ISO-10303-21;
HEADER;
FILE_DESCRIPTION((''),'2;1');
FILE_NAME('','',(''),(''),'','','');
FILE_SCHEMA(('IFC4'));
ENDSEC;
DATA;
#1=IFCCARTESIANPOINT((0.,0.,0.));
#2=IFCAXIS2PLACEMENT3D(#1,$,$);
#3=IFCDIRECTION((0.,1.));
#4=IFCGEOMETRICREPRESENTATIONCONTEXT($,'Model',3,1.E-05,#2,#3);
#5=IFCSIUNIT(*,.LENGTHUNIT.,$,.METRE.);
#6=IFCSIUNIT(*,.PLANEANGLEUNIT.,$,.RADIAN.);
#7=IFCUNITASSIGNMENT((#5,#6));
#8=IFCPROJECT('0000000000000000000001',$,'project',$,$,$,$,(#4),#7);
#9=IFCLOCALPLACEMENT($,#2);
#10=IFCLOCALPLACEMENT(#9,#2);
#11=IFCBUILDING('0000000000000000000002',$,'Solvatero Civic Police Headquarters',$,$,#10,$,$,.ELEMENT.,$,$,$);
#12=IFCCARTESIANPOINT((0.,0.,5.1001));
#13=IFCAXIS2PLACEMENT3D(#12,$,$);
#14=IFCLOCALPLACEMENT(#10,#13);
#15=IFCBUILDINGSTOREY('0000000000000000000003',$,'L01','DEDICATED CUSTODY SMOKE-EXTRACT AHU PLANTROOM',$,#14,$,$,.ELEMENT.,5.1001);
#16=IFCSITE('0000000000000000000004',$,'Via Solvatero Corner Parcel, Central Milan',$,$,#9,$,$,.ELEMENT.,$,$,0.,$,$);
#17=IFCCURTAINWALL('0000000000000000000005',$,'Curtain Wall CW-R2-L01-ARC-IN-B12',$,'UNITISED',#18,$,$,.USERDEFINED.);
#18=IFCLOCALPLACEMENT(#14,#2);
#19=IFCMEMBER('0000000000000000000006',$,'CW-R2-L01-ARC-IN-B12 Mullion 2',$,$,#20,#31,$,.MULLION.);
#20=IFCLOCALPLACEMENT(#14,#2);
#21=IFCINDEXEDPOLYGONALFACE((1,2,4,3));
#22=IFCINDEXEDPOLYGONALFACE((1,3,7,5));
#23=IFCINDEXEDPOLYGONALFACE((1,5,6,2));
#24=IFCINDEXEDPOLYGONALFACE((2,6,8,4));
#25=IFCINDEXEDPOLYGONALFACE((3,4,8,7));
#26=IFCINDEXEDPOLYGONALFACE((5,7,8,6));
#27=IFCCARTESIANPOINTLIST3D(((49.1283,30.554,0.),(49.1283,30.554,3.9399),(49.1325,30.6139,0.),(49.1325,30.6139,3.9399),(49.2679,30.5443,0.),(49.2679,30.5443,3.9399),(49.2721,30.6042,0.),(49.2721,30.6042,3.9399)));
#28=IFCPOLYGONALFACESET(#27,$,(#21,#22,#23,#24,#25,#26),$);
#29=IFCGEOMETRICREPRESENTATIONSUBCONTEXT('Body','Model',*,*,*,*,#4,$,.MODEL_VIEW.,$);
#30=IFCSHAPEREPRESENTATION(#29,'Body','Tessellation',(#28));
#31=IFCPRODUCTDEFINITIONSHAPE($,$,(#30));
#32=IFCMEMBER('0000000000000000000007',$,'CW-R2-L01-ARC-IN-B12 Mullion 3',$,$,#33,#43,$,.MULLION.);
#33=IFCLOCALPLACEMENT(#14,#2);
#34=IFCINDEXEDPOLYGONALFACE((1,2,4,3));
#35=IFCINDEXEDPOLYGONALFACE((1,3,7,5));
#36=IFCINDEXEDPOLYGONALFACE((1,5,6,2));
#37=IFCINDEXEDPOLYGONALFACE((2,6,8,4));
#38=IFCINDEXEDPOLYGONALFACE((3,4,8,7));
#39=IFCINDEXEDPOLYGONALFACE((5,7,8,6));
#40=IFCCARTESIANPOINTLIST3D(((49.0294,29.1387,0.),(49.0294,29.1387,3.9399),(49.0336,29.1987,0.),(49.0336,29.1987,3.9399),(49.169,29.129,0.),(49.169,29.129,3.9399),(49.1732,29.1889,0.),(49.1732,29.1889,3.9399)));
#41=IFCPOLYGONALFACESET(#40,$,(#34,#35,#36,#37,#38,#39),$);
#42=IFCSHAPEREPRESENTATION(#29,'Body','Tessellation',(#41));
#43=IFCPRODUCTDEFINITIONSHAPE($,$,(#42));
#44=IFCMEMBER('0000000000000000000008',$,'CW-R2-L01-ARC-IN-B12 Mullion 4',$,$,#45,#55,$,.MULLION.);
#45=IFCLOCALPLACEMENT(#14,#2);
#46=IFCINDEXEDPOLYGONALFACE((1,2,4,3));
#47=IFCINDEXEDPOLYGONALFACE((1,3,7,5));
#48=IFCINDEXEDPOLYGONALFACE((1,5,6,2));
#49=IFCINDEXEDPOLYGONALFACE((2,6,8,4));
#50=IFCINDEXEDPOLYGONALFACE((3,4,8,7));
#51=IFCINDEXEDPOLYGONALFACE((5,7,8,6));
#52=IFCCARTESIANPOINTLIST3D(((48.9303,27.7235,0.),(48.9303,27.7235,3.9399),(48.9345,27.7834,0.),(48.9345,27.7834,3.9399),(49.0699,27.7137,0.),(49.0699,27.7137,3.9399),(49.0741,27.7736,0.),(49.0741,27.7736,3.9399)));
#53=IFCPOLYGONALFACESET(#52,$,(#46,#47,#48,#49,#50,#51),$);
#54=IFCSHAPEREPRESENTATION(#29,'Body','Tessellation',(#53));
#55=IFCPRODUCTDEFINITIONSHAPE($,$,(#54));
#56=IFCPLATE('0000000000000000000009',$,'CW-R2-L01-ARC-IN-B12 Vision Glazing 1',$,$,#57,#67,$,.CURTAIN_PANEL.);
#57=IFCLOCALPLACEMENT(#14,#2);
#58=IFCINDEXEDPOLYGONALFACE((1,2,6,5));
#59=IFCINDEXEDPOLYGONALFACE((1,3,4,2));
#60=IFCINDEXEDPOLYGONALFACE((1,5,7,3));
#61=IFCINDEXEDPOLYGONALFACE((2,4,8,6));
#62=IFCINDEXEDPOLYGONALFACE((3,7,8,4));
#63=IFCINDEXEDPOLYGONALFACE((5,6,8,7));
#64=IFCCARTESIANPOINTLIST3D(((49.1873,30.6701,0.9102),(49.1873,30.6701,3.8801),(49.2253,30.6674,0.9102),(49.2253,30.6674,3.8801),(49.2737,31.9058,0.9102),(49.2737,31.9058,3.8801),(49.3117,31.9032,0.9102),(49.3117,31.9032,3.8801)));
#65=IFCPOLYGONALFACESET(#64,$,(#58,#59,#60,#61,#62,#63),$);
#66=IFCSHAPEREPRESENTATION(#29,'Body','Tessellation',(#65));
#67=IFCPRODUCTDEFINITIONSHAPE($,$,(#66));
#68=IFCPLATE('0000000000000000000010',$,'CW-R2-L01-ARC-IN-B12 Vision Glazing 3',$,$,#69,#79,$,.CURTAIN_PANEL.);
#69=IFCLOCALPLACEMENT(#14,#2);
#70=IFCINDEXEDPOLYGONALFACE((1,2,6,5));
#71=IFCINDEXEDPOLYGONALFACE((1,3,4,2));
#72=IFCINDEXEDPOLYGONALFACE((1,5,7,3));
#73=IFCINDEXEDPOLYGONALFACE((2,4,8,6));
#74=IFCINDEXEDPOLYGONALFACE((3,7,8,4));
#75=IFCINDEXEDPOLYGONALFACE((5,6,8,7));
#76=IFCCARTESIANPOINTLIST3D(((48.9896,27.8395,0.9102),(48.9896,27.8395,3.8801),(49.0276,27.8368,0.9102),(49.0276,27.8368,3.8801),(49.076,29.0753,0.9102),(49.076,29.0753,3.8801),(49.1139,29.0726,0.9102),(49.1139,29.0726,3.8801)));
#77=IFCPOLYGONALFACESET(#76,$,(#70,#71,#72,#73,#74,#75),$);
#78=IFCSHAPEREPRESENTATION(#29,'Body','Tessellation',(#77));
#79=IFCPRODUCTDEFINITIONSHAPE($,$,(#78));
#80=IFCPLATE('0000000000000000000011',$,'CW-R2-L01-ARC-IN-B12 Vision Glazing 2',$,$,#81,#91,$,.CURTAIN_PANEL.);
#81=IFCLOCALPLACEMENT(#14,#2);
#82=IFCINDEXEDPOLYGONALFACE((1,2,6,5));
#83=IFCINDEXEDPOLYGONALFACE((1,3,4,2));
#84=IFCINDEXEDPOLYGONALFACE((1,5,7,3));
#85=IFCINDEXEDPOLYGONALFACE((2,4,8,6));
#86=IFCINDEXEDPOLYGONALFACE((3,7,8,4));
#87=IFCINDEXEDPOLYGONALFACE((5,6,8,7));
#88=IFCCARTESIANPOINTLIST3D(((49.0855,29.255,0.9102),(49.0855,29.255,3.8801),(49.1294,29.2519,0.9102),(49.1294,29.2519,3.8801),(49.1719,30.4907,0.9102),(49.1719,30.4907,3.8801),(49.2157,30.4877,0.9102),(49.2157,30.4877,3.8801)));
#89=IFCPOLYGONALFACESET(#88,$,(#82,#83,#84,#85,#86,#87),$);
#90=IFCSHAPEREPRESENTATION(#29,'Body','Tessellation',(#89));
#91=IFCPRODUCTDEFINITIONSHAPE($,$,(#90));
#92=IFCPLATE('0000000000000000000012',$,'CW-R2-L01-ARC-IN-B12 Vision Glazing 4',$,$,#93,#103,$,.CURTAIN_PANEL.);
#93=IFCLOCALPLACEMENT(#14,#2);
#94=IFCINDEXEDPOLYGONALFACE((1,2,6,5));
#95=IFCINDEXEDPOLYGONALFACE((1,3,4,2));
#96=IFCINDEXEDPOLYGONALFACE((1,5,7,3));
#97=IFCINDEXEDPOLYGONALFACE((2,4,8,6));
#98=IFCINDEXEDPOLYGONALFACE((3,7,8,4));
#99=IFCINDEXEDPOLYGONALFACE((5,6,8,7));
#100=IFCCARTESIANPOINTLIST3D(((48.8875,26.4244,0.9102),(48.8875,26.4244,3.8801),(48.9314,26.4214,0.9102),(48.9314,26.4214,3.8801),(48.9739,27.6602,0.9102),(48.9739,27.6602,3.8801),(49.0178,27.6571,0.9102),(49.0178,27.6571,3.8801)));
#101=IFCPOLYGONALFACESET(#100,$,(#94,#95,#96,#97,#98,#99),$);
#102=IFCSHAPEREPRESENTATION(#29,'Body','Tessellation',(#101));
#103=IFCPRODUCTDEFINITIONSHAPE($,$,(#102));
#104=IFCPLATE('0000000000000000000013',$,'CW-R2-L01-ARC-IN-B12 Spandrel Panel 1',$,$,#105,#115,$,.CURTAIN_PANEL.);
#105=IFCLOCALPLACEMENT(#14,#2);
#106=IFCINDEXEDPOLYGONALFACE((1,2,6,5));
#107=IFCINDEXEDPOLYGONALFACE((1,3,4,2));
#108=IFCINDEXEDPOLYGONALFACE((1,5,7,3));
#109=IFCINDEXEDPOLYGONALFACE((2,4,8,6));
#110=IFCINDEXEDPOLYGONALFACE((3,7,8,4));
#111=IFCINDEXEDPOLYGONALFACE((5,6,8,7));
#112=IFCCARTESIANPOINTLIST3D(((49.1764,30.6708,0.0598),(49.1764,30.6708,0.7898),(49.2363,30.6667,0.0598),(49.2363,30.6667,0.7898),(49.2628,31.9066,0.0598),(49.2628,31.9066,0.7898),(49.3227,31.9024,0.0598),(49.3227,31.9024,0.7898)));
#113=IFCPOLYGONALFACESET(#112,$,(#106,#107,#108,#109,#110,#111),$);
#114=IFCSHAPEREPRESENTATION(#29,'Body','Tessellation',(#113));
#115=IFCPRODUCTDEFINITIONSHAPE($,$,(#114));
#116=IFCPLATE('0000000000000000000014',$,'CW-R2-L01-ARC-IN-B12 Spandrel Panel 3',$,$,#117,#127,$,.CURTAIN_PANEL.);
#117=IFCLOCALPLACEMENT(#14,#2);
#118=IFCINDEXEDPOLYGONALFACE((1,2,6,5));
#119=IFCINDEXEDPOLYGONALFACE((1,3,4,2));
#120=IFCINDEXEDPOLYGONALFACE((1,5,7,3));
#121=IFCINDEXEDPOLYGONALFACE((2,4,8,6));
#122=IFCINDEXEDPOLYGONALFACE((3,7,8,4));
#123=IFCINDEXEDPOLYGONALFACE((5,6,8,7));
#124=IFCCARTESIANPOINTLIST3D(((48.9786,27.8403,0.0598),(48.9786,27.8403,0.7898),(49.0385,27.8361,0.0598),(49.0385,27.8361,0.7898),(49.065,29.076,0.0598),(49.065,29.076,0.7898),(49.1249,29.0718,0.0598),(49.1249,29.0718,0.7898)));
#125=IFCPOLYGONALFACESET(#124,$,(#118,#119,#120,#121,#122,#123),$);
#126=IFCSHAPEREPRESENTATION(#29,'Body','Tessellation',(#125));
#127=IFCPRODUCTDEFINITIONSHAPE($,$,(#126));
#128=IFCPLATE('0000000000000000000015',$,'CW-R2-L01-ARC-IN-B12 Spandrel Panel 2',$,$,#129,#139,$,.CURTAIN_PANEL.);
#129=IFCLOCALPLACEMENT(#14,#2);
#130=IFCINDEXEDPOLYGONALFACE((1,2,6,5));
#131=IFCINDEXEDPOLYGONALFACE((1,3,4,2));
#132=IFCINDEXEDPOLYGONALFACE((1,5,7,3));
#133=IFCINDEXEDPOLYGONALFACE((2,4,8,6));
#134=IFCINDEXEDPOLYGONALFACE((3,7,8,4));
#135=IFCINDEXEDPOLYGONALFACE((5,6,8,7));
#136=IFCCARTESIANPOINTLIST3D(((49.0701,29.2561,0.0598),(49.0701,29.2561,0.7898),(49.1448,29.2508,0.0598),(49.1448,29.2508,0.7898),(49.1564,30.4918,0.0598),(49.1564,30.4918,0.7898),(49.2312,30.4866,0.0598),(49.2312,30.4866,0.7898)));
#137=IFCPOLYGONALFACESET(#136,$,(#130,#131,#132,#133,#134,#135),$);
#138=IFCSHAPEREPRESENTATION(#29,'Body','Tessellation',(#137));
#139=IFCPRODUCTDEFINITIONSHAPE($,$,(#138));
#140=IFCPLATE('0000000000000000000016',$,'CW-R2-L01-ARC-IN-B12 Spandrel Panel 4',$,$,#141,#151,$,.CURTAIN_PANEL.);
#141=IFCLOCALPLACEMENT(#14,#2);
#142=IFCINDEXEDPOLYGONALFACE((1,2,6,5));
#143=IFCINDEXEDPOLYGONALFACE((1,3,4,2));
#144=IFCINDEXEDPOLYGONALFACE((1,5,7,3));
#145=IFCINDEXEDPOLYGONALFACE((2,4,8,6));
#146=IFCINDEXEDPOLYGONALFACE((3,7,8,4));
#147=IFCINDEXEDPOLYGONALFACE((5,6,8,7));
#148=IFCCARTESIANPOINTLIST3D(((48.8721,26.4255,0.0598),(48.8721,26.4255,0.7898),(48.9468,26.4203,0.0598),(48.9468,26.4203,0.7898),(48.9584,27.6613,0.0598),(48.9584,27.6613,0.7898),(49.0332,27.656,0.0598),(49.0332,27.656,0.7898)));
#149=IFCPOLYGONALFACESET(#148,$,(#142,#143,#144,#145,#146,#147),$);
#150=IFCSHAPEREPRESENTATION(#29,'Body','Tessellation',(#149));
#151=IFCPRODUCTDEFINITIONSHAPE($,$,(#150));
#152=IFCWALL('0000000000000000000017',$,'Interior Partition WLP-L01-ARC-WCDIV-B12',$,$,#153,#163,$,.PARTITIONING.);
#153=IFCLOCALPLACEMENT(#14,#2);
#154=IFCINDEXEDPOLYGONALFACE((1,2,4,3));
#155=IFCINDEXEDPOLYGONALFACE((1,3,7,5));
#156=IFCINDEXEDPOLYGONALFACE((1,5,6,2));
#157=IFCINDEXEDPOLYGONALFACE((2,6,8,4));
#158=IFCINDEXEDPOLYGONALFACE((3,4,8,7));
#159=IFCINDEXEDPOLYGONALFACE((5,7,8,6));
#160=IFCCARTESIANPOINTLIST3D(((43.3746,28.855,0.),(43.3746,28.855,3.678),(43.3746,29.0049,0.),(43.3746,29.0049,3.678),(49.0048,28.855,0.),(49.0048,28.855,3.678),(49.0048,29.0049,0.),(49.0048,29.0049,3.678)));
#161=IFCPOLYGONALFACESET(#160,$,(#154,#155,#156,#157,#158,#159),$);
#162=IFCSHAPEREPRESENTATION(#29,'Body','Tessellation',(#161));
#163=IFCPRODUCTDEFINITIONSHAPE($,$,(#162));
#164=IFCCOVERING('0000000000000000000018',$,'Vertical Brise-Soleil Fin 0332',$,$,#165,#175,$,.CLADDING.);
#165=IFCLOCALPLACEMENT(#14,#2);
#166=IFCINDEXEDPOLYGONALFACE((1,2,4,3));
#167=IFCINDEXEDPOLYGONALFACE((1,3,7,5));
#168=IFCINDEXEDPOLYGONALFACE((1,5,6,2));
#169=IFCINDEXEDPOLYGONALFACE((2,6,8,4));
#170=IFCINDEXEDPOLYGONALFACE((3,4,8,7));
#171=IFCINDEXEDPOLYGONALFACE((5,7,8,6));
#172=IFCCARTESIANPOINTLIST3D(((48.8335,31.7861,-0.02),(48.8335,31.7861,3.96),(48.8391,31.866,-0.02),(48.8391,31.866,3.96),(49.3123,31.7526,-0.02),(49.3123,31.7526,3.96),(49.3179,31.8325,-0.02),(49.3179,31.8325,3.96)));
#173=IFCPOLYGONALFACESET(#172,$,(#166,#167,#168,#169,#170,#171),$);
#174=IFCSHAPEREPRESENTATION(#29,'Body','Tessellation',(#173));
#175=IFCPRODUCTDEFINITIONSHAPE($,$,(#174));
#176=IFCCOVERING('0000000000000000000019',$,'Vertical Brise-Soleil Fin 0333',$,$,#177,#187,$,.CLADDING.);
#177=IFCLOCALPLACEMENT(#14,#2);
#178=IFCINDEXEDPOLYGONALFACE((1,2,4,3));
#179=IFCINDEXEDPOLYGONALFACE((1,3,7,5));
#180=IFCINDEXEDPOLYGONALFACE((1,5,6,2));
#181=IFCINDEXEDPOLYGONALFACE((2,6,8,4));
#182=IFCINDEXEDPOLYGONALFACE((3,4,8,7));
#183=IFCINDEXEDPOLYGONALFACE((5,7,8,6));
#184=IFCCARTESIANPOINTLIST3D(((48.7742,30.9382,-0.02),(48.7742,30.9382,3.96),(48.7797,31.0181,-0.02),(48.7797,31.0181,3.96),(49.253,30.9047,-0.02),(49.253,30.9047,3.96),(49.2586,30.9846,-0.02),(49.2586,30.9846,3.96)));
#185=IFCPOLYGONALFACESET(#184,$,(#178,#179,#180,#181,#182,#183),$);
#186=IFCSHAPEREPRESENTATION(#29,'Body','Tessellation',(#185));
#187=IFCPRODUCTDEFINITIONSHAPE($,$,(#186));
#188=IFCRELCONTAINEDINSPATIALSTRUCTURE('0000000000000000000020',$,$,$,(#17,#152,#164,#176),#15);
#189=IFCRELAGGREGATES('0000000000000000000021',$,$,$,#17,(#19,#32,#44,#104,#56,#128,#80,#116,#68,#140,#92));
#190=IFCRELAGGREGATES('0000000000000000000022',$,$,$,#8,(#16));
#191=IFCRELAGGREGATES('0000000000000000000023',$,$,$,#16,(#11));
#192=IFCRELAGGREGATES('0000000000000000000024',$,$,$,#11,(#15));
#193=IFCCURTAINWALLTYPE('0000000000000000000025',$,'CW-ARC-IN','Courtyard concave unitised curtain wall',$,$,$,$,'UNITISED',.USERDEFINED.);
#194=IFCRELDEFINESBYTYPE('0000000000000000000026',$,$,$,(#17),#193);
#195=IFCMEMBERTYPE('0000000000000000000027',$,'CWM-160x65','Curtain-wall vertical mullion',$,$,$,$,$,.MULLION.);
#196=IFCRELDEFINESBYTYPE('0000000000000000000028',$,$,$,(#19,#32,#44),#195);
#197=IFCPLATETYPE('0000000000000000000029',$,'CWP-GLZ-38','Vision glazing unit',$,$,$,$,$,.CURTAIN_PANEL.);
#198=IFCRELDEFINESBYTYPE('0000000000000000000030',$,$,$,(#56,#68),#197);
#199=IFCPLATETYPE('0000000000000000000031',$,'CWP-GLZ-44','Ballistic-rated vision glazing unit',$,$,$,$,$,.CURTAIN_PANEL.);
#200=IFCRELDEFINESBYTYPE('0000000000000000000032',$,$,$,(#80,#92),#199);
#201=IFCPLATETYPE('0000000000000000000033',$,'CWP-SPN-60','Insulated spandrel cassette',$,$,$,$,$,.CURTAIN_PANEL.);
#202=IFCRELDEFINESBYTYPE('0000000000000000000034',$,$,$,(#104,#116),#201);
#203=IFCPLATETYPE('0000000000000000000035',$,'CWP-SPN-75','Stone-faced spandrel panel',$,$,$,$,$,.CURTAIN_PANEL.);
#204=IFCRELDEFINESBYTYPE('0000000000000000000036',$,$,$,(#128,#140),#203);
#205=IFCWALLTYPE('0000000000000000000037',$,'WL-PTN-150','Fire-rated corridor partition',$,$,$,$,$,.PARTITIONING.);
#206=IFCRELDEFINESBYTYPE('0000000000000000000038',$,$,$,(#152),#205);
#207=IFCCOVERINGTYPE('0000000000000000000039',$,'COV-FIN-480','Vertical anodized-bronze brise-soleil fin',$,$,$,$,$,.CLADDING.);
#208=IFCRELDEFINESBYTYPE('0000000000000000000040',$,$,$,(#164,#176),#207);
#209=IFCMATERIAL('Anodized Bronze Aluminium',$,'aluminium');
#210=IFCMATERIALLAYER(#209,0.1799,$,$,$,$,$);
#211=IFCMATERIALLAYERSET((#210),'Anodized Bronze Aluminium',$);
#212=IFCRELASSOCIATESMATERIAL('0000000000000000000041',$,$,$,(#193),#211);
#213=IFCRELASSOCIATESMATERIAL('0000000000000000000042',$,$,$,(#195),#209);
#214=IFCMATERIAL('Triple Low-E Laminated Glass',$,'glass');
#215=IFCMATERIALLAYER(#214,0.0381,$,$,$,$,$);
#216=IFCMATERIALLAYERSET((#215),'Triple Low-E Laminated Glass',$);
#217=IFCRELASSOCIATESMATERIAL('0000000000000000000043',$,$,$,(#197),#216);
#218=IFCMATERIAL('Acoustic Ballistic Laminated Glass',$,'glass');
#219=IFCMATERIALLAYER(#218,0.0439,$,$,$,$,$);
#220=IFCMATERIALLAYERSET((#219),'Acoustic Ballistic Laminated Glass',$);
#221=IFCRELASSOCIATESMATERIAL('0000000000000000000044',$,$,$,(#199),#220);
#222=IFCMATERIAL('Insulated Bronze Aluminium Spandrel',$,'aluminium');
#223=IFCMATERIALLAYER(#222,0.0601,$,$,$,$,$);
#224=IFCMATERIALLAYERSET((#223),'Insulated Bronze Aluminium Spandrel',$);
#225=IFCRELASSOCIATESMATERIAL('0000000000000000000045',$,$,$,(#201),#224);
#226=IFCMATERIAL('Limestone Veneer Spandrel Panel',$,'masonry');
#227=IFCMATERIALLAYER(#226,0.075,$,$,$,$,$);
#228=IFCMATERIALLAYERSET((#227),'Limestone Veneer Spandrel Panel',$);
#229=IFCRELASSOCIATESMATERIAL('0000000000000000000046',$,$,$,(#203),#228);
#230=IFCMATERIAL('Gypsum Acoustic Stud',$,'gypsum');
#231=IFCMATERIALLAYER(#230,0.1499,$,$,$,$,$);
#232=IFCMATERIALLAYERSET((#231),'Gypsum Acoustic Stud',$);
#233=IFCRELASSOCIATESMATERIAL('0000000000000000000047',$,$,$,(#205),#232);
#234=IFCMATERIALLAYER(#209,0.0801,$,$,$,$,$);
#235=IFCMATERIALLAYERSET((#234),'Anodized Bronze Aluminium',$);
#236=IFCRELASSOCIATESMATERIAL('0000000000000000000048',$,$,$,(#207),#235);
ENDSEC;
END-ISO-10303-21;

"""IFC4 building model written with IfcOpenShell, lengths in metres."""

from ifc_helpers import new_model, si_unit, direction, frame, frame_2d, origin, origin_2d, place, context, subcontext, project, spatial, rectangle, extrude, material, layer, layer_set, material_profile, profile_set, type_object, element, aggregate, save


model = new_model("IFC4")

# Units and contexts
model_context = context("Model", 3, precision=1e-05, world=origin(), true_north=direction((0.0, 1.0)))
body_context = subcontext(model_context, "Body", "Model", "MODEL_VIEW")
ifc_project = project(units=[si_unit("LENGTHUNIT", "METRE"), si_unit("PLANEANGLEUNIT", "RADIAN")], contexts=[model_context])

# Site, building, storey
site_placement = place(None, origin())
site = spatial("IfcSite", under=ifc_project, at=site_placement, Name="Via Solvatero Corner Parcel, Central Milan", CompositionType="ELEMENT", RefElevation=0.0)
building_placement = place(site_placement, origin())
building = spatial("IfcBuilding", under=site, at=building_placement, Name="Solvatero Civic Police Headquarters", CompositionType="ELEMENT")
storey_placement = place(building_placement, frame((0.0, 0.0, 5.1001)))
storey = spatial("IfcBuildingStorey", under=building, at=storey_placement, Name="L01", Description="DEDICATED CUSTODY SMOKE-EXTRACT AHU PLANTROOM", CompositionType="ELEMENT", Elevation=5.1001)

# Curtain wall, members, plates
ifc_material_1 = material(Name="Anodized Bronze Aluminium", Category="aluminium")
ifc_layer_1 = layer(ifc_material_1, 0.1799)
ifc_layer_set_1 = layer_set([ifc_layer_1], Name="Anodized Bronze Aluminium")
curtain_wall_type = type_object("IfcCurtainWallType", Name="CW-ARC-IN", Description="Courtyard concave unitised curtain wall", ElementType="UNITISED", PredefinedType="USERDEFINED", material=ifc_layer_set_1)
curtain_wall_placement = place(storey_placement, origin())
curtain_wall = element("IfcCurtainWall", 1, at=curtain_wall_placement, inside=storey, type_object=curtain_wall_type, Name="Curtain Wall CW-R2-L01-ARC-IN-B12", ObjectType="UNITISED", PredefinedType="USERDEFINED")
ifc_material_profile = material_profile(ifc_material_1, rectangle(XDim=0.0601, YDim=0.1399, at=origin_2d()), Name="ALU MULLION 60x140")
ifc_profile_set = profile_set([ifc_material_profile], Name="Anodized Bronze Aluminium")
member_type = type_object("IfcMemberType", Name="CWM-160x65", Description="Curtain-wall vertical mullion", PredefinedType="MULLION", material=ifc_profile_set)
member_1_placement = place(storey_placement, frame((49.2002, 30.5791, 0.0), z_axis=(0.0, 0.0, 1.0), x_axis=(-0.069739, -0.997565, 0.0)))
member_1 = element("IfcMember", 2, at=member_1_placement, type_object=member_type, Name="CW-R2-L01-ARC-IN-B12 Mullion 2", PredefinedType="MULLION", context=body_context, shape_type="SweptSolid", body=[
    extrude(rectangle(XDim=0.0601, YDim=0.1399, at=origin_2d()), origin(), (0.0, 0.0, 1.0), 3.9399),
])
member_2_placement = place(storey_placement, frame((49.1013, 29.1638, 0.0), z_axis=(0.0, 0.0, 1.0), x_axis=(-0.069739, -0.997565, 0.0)))
member_2 = element("IfcMember", 3, at=member_2_placement, type_object=member_type, Name="CW-R2-L01-ARC-IN-B12 Mullion 3", PredefinedType="MULLION", context=body_context, shape_type="SweptSolid", body=[
    extrude(rectangle(XDim=0.0601, YDim=0.1399, at=origin_2d()), origin(), (0.0, 0.0, 1.0), 3.9399),
])
member_3_placement = place(storey_placement, frame((49.0022, 27.7485, 0.0), z_axis=(0.0, 0.0, 1.0), x_axis=(-0.069739, -0.997565, 0.0)))
member_3 = element("IfcMember", 4, at=member_3_placement, type_object=member_type, Name="CW-R2-L01-ARC-IN-B12 Mullion 4", PredefinedType="MULLION", context=body_context, shape_type="SweptSolid", body=[
    extrude(rectangle(XDim=0.0601, YDim=0.1399, at=origin_2d()), origin(), (0.0, 0.0, 1.0), 3.9399),
])
ifc_material_2 = material(Name="Triple Low-E Laminated Glass", Category="glass")
ifc_layer_2 = layer(ifc_material_2, 0.0381)
ifc_layer_set_2 = layer_set([ifc_layer_2], Name="Triple Low-E Laminated Glass")
plate_type_1 = type_object("IfcPlateType", Name="CWP-GLZ-38", Description="Vision glazing unit", PredefinedType="CURTAIN_PANEL", material=ifc_layer_set_2)
plate_1_placement = place(storey_placement, frame((49.2495, 31.2866, 0.9102), z_axis=(0.0, 0.0, 1.0), x_axis=(-0.069739, -0.997565, 0.0)))
plate_1 = element("IfcPlate", 5, at=plate_1_placement, type_object=plate_type_1, Name="CW-R2-L01-ARC-IN-B12 Vision Glazing 1", PredefinedType="CURTAIN_PANEL", context=body_context, shape_type="SweptSolid", body=[
    extrude(rectangle(XDim=1.2388, YDim=0.0381, at=origin_2d()), origin(), (0.0, 0.0, 1.0), 2.97),
])
plate_2_placement = place(storey_placement, frame((49.0518, 28.4561, 0.9102), z_axis=(0.0, 0.0, 1.0), x_axis=(-0.069739, -0.997565, 0.0)))
plate_2 = element("IfcPlate", 6, at=plate_2_placement, type_object=plate_type_1, Name="CW-R2-L01-ARC-IN-B12 Vision Glazing 3", PredefinedType="CURTAIN_PANEL", context=body_context, shape_type="SweptSolid", body=[
    extrude(rectangle(XDim=1.2388, YDim=0.0381, at=origin_2d()), origin(), (0.0, 0.0, 1.0), 2.97),
])
ifc_material_3 = material(Name="Acoustic Ballistic Laminated Glass", Category="glass")
ifc_layer_3 = layer(ifc_material_3, 0.0439)
ifc_layer_set_3 = layer_set([ifc_layer_3], Name="Acoustic Ballistic Laminated Glass")
plate_type_2 = type_object("IfcPlateType", Name="CWP-GLZ-44", Description="Ballistic-rated vision glazing unit", PredefinedType="CURTAIN_PANEL", material=ifc_layer_set_3)
plate_3_placement = place(storey_placement, frame((49.1506, 29.8713, 0.9102), z_axis=(0.0, 0.0, 1.0), x_axis=(-0.069739, -0.997565, 0.0)))
plate_3 = element("IfcPlate", 7, at=plate_3_placement, type_object=plate_type_2, Name="CW-R2-L01-ARC-IN-B12 Vision Glazing 2", PredefinedType="CURTAIN_PANEL", context=body_context, shape_type="SweptSolid", body=[
    extrude(rectangle(XDim=1.2388, YDim=0.0439, at=origin_2d()), origin(), (0.0, 0.0, 1.0), 2.97),
])
plate_4_placement = place(storey_placement, frame((48.9526, 27.0408, 0.9102), z_axis=(0.0, 0.0, 1.0), x_axis=(-0.069739, -0.997565, 0.0)))
plate_4 = element("IfcPlate", 8, at=plate_4_placement, type_object=plate_type_2, Name="CW-R2-L01-ARC-IN-B12 Vision Glazing 4", PredefinedType="CURTAIN_PANEL", context=body_context, shape_type="SweptSolid", body=[
    extrude(rectangle(XDim=1.2388, YDim=0.0439, at=origin_2d()), origin(), (0.0, 0.0, 1.0), 2.97),
])
ifc_material_4 = material(Name="Insulated Bronze Aluminium Spandrel", Category="aluminium")
ifc_layer_4 = layer(ifc_material_4, 0.0601)
ifc_layer_set_4 = layer_set([ifc_layer_4], Name="Insulated Bronze Aluminium Spandrel")
plate_type_3 = type_object("IfcPlateType", Name="CWP-SPN-60", Description="Insulated spandrel cassette", PredefinedType="CURTAIN_PANEL", material=ifc_layer_set_4)
plate_5_placement = place(storey_placement, frame((49.2495, 31.2866, 0.0598), z_axis=(0.0, 0.0, 1.0), x_axis=(-0.069739, -0.997565, 0.0)))
plate_5 = element("IfcPlate", 9, at=plate_5_placement, type_object=plate_type_3, Name="CW-R2-L01-ARC-IN-B12 Spandrel Panel 1", PredefinedType="CURTAIN_PANEL", context=body_context, shape_type="SweptSolid", body=[
    extrude(rectangle(XDim=1.2388, YDim=0.0601, at=origin_2d()), origin(), (0.0, 0.0, 1.0), 0.73),
])
plate_6_placement = place(storey_placement, frame((49.0518, 28.4561, 0.0598), z_axis=(0.0, 0.0, 1.0), x_axis=(-0.069739, -0.997565, 0.0)))
plate_6 = element("IfcPlate", 10, at=plate_6_placement, type_object=plate_type_3, Name="CW-R2-L01-ARC-IN-B12 Spandrel Panel 3", PredefinedType="CURTAIN_PANEL", context=body_context, shape_type="SweptSolid", body=[
    extrude(rectangle(XDim=1.2388, YDim=0.0601, at=origin_2d()), origin(), (0.0, 0.0, 1.0), 0.73),
])
ifc_material_5 = material(Name="Limestone Veneer Spandrel Panel", Category="masonry")
ifc_layer_5 = layer(ifc_material_5, 0.075)
ifc_layer_set_5 = layer_set([ifc_layer_5], Name="Limestone Veneer Spandrel Panel")
plate_type_4 = type_object("IfcPlateType", Name="CWP-SPN-75", Description="Stone-faced spandrel panel", PredefinedType="CURTAIN_PANEL", material=ifc_layer_set_5)
plate_7_placement = place(storey_placement, frame((49.1506, 29.8713, 0.0598), z_axis=(0.0, 0.0, 1.0), x_axis=(-0.069739, -0.997565, 0.0)))
plate_7 = element("IfcPlate", 11, at=plate_7_placement, type_object=plate_type_4, Name="CW-R2-L01-ARC-IN-B12 Spandrel Panel 2", PredefinedType="CURTAIN_PANEL", context=body_context, shape_type="SweptSolid", body=[
    extrude(rectangle(XDim=1.2388, YDim=0.075, at=origin_2d()), origin(), (0.0, 0.0, 1.0), 0.73),
])
plate_8_placement = place(storey_placement, frame((48.9526, 27.0408, 0.0598), z_axis=(0.0, 0.0, 1.0), x_axis=(-0.069739, -0.997565, 0.0)))
plate_8 = element("IfcPlate", 12, at=plate_8_placement, type_object=plate_type_4, Name="CW-R2-L01-ARC-IN-B12 Spandrel Panel 4", PredefinedType="CURTAIN_PANEL", context=body_context, shape_type="SweptSolid", body=[
    extrude(rectangle(XDim=1.2388, YDim=0.075, at=origin_2d()), origin(), (0.0, 0.0, 1.0), 0.73),
])
aggregate(curtain_wall, [member_1, member_2, member_3, plate_5, plate_1, plate_7, plate_3, plate_6, plate_2, plate_8, plate_4])

# Wall
ifc_material_6 = material(Name="Gypsum Acoustic Stud", Category="gypsum")
ifc_layer_6 = layer(ifc_material_6, 0.1499)
ifc_layer_set_6 = layer_set([ifc_layer_6], Name="Gypsum Acoustic Stud")
wall_type = type_object("IfcWallType", Name="WL-PTN-150", Description="Fire-rated corridor partition", PredefinedType="PARTITIONING", material=ifc_layer_set_6)
wall_placement = place(storey_placement, frame((43.3748, 28.9299, 0.0), z_axis=(0.0, 0.0, 1.0), x_axis=(1.0, 0.0, 0.0)))
element("IfcWall", 13, at=wall_placement, inside=storey, type_object=wall_type, Name="Interior Partition WLP-L01-ARC-WCDIV-B12", PredefinedType="PARTITIONING", context=body_context, shape_type="SweptSolid", body=[
    extrude(rectangle(XDim=5.6301, YDim=0.1499, at=frame_2d((2.8149, 0.0))), origin(), (0.0, 0.0, 1.0), 3.678),
])

# Coverings
ifc_layer_7 = layer(ifc_material_1, 0.0801)
ifc_layer_set_7 = layer_set([ifc_layer_7], Name="Anodized Bronze Aluminium")
covering_type = type_object("IfcCoveringType", Name="COV-FIN-480", Description="Vertical anodized-bronze brise-soleil fin", PredefinedType="CLADDING", material=ifc_layer_set_7)
for number, where, z_axis, x_axis, name in (
    (14, (49.0757, 31.8093, -0.02), (0.0, 0.0, 1.0), (-0.069739, -0.997565, 0.0), "Vertical Brise-Soleil Fin 0332"),
    (15, (49.0164, 30.9614, -0.02), (0.0, 0.0, 1.0), (-0.069739, -0.997565, 0.0), "Vertical Brise-Soleil Fin 0333"),
):
    element("IfcCovering", number, at=place(storey_placement, frame(where, z_axis=z_axis, x_axis=x_axis)), inside=storey, type_object=covering_type, Name=name, PredefinedType="CLADDING", context=body_context, shape_type="SweptSolid", body=[
        extrude(rectangle(XDim=0.0801, YDim=0.48, at=origin_2d()), origin(), (0.0, 0.0, 1.0), 3.98),
    ])

save(model, "model.ifc")
